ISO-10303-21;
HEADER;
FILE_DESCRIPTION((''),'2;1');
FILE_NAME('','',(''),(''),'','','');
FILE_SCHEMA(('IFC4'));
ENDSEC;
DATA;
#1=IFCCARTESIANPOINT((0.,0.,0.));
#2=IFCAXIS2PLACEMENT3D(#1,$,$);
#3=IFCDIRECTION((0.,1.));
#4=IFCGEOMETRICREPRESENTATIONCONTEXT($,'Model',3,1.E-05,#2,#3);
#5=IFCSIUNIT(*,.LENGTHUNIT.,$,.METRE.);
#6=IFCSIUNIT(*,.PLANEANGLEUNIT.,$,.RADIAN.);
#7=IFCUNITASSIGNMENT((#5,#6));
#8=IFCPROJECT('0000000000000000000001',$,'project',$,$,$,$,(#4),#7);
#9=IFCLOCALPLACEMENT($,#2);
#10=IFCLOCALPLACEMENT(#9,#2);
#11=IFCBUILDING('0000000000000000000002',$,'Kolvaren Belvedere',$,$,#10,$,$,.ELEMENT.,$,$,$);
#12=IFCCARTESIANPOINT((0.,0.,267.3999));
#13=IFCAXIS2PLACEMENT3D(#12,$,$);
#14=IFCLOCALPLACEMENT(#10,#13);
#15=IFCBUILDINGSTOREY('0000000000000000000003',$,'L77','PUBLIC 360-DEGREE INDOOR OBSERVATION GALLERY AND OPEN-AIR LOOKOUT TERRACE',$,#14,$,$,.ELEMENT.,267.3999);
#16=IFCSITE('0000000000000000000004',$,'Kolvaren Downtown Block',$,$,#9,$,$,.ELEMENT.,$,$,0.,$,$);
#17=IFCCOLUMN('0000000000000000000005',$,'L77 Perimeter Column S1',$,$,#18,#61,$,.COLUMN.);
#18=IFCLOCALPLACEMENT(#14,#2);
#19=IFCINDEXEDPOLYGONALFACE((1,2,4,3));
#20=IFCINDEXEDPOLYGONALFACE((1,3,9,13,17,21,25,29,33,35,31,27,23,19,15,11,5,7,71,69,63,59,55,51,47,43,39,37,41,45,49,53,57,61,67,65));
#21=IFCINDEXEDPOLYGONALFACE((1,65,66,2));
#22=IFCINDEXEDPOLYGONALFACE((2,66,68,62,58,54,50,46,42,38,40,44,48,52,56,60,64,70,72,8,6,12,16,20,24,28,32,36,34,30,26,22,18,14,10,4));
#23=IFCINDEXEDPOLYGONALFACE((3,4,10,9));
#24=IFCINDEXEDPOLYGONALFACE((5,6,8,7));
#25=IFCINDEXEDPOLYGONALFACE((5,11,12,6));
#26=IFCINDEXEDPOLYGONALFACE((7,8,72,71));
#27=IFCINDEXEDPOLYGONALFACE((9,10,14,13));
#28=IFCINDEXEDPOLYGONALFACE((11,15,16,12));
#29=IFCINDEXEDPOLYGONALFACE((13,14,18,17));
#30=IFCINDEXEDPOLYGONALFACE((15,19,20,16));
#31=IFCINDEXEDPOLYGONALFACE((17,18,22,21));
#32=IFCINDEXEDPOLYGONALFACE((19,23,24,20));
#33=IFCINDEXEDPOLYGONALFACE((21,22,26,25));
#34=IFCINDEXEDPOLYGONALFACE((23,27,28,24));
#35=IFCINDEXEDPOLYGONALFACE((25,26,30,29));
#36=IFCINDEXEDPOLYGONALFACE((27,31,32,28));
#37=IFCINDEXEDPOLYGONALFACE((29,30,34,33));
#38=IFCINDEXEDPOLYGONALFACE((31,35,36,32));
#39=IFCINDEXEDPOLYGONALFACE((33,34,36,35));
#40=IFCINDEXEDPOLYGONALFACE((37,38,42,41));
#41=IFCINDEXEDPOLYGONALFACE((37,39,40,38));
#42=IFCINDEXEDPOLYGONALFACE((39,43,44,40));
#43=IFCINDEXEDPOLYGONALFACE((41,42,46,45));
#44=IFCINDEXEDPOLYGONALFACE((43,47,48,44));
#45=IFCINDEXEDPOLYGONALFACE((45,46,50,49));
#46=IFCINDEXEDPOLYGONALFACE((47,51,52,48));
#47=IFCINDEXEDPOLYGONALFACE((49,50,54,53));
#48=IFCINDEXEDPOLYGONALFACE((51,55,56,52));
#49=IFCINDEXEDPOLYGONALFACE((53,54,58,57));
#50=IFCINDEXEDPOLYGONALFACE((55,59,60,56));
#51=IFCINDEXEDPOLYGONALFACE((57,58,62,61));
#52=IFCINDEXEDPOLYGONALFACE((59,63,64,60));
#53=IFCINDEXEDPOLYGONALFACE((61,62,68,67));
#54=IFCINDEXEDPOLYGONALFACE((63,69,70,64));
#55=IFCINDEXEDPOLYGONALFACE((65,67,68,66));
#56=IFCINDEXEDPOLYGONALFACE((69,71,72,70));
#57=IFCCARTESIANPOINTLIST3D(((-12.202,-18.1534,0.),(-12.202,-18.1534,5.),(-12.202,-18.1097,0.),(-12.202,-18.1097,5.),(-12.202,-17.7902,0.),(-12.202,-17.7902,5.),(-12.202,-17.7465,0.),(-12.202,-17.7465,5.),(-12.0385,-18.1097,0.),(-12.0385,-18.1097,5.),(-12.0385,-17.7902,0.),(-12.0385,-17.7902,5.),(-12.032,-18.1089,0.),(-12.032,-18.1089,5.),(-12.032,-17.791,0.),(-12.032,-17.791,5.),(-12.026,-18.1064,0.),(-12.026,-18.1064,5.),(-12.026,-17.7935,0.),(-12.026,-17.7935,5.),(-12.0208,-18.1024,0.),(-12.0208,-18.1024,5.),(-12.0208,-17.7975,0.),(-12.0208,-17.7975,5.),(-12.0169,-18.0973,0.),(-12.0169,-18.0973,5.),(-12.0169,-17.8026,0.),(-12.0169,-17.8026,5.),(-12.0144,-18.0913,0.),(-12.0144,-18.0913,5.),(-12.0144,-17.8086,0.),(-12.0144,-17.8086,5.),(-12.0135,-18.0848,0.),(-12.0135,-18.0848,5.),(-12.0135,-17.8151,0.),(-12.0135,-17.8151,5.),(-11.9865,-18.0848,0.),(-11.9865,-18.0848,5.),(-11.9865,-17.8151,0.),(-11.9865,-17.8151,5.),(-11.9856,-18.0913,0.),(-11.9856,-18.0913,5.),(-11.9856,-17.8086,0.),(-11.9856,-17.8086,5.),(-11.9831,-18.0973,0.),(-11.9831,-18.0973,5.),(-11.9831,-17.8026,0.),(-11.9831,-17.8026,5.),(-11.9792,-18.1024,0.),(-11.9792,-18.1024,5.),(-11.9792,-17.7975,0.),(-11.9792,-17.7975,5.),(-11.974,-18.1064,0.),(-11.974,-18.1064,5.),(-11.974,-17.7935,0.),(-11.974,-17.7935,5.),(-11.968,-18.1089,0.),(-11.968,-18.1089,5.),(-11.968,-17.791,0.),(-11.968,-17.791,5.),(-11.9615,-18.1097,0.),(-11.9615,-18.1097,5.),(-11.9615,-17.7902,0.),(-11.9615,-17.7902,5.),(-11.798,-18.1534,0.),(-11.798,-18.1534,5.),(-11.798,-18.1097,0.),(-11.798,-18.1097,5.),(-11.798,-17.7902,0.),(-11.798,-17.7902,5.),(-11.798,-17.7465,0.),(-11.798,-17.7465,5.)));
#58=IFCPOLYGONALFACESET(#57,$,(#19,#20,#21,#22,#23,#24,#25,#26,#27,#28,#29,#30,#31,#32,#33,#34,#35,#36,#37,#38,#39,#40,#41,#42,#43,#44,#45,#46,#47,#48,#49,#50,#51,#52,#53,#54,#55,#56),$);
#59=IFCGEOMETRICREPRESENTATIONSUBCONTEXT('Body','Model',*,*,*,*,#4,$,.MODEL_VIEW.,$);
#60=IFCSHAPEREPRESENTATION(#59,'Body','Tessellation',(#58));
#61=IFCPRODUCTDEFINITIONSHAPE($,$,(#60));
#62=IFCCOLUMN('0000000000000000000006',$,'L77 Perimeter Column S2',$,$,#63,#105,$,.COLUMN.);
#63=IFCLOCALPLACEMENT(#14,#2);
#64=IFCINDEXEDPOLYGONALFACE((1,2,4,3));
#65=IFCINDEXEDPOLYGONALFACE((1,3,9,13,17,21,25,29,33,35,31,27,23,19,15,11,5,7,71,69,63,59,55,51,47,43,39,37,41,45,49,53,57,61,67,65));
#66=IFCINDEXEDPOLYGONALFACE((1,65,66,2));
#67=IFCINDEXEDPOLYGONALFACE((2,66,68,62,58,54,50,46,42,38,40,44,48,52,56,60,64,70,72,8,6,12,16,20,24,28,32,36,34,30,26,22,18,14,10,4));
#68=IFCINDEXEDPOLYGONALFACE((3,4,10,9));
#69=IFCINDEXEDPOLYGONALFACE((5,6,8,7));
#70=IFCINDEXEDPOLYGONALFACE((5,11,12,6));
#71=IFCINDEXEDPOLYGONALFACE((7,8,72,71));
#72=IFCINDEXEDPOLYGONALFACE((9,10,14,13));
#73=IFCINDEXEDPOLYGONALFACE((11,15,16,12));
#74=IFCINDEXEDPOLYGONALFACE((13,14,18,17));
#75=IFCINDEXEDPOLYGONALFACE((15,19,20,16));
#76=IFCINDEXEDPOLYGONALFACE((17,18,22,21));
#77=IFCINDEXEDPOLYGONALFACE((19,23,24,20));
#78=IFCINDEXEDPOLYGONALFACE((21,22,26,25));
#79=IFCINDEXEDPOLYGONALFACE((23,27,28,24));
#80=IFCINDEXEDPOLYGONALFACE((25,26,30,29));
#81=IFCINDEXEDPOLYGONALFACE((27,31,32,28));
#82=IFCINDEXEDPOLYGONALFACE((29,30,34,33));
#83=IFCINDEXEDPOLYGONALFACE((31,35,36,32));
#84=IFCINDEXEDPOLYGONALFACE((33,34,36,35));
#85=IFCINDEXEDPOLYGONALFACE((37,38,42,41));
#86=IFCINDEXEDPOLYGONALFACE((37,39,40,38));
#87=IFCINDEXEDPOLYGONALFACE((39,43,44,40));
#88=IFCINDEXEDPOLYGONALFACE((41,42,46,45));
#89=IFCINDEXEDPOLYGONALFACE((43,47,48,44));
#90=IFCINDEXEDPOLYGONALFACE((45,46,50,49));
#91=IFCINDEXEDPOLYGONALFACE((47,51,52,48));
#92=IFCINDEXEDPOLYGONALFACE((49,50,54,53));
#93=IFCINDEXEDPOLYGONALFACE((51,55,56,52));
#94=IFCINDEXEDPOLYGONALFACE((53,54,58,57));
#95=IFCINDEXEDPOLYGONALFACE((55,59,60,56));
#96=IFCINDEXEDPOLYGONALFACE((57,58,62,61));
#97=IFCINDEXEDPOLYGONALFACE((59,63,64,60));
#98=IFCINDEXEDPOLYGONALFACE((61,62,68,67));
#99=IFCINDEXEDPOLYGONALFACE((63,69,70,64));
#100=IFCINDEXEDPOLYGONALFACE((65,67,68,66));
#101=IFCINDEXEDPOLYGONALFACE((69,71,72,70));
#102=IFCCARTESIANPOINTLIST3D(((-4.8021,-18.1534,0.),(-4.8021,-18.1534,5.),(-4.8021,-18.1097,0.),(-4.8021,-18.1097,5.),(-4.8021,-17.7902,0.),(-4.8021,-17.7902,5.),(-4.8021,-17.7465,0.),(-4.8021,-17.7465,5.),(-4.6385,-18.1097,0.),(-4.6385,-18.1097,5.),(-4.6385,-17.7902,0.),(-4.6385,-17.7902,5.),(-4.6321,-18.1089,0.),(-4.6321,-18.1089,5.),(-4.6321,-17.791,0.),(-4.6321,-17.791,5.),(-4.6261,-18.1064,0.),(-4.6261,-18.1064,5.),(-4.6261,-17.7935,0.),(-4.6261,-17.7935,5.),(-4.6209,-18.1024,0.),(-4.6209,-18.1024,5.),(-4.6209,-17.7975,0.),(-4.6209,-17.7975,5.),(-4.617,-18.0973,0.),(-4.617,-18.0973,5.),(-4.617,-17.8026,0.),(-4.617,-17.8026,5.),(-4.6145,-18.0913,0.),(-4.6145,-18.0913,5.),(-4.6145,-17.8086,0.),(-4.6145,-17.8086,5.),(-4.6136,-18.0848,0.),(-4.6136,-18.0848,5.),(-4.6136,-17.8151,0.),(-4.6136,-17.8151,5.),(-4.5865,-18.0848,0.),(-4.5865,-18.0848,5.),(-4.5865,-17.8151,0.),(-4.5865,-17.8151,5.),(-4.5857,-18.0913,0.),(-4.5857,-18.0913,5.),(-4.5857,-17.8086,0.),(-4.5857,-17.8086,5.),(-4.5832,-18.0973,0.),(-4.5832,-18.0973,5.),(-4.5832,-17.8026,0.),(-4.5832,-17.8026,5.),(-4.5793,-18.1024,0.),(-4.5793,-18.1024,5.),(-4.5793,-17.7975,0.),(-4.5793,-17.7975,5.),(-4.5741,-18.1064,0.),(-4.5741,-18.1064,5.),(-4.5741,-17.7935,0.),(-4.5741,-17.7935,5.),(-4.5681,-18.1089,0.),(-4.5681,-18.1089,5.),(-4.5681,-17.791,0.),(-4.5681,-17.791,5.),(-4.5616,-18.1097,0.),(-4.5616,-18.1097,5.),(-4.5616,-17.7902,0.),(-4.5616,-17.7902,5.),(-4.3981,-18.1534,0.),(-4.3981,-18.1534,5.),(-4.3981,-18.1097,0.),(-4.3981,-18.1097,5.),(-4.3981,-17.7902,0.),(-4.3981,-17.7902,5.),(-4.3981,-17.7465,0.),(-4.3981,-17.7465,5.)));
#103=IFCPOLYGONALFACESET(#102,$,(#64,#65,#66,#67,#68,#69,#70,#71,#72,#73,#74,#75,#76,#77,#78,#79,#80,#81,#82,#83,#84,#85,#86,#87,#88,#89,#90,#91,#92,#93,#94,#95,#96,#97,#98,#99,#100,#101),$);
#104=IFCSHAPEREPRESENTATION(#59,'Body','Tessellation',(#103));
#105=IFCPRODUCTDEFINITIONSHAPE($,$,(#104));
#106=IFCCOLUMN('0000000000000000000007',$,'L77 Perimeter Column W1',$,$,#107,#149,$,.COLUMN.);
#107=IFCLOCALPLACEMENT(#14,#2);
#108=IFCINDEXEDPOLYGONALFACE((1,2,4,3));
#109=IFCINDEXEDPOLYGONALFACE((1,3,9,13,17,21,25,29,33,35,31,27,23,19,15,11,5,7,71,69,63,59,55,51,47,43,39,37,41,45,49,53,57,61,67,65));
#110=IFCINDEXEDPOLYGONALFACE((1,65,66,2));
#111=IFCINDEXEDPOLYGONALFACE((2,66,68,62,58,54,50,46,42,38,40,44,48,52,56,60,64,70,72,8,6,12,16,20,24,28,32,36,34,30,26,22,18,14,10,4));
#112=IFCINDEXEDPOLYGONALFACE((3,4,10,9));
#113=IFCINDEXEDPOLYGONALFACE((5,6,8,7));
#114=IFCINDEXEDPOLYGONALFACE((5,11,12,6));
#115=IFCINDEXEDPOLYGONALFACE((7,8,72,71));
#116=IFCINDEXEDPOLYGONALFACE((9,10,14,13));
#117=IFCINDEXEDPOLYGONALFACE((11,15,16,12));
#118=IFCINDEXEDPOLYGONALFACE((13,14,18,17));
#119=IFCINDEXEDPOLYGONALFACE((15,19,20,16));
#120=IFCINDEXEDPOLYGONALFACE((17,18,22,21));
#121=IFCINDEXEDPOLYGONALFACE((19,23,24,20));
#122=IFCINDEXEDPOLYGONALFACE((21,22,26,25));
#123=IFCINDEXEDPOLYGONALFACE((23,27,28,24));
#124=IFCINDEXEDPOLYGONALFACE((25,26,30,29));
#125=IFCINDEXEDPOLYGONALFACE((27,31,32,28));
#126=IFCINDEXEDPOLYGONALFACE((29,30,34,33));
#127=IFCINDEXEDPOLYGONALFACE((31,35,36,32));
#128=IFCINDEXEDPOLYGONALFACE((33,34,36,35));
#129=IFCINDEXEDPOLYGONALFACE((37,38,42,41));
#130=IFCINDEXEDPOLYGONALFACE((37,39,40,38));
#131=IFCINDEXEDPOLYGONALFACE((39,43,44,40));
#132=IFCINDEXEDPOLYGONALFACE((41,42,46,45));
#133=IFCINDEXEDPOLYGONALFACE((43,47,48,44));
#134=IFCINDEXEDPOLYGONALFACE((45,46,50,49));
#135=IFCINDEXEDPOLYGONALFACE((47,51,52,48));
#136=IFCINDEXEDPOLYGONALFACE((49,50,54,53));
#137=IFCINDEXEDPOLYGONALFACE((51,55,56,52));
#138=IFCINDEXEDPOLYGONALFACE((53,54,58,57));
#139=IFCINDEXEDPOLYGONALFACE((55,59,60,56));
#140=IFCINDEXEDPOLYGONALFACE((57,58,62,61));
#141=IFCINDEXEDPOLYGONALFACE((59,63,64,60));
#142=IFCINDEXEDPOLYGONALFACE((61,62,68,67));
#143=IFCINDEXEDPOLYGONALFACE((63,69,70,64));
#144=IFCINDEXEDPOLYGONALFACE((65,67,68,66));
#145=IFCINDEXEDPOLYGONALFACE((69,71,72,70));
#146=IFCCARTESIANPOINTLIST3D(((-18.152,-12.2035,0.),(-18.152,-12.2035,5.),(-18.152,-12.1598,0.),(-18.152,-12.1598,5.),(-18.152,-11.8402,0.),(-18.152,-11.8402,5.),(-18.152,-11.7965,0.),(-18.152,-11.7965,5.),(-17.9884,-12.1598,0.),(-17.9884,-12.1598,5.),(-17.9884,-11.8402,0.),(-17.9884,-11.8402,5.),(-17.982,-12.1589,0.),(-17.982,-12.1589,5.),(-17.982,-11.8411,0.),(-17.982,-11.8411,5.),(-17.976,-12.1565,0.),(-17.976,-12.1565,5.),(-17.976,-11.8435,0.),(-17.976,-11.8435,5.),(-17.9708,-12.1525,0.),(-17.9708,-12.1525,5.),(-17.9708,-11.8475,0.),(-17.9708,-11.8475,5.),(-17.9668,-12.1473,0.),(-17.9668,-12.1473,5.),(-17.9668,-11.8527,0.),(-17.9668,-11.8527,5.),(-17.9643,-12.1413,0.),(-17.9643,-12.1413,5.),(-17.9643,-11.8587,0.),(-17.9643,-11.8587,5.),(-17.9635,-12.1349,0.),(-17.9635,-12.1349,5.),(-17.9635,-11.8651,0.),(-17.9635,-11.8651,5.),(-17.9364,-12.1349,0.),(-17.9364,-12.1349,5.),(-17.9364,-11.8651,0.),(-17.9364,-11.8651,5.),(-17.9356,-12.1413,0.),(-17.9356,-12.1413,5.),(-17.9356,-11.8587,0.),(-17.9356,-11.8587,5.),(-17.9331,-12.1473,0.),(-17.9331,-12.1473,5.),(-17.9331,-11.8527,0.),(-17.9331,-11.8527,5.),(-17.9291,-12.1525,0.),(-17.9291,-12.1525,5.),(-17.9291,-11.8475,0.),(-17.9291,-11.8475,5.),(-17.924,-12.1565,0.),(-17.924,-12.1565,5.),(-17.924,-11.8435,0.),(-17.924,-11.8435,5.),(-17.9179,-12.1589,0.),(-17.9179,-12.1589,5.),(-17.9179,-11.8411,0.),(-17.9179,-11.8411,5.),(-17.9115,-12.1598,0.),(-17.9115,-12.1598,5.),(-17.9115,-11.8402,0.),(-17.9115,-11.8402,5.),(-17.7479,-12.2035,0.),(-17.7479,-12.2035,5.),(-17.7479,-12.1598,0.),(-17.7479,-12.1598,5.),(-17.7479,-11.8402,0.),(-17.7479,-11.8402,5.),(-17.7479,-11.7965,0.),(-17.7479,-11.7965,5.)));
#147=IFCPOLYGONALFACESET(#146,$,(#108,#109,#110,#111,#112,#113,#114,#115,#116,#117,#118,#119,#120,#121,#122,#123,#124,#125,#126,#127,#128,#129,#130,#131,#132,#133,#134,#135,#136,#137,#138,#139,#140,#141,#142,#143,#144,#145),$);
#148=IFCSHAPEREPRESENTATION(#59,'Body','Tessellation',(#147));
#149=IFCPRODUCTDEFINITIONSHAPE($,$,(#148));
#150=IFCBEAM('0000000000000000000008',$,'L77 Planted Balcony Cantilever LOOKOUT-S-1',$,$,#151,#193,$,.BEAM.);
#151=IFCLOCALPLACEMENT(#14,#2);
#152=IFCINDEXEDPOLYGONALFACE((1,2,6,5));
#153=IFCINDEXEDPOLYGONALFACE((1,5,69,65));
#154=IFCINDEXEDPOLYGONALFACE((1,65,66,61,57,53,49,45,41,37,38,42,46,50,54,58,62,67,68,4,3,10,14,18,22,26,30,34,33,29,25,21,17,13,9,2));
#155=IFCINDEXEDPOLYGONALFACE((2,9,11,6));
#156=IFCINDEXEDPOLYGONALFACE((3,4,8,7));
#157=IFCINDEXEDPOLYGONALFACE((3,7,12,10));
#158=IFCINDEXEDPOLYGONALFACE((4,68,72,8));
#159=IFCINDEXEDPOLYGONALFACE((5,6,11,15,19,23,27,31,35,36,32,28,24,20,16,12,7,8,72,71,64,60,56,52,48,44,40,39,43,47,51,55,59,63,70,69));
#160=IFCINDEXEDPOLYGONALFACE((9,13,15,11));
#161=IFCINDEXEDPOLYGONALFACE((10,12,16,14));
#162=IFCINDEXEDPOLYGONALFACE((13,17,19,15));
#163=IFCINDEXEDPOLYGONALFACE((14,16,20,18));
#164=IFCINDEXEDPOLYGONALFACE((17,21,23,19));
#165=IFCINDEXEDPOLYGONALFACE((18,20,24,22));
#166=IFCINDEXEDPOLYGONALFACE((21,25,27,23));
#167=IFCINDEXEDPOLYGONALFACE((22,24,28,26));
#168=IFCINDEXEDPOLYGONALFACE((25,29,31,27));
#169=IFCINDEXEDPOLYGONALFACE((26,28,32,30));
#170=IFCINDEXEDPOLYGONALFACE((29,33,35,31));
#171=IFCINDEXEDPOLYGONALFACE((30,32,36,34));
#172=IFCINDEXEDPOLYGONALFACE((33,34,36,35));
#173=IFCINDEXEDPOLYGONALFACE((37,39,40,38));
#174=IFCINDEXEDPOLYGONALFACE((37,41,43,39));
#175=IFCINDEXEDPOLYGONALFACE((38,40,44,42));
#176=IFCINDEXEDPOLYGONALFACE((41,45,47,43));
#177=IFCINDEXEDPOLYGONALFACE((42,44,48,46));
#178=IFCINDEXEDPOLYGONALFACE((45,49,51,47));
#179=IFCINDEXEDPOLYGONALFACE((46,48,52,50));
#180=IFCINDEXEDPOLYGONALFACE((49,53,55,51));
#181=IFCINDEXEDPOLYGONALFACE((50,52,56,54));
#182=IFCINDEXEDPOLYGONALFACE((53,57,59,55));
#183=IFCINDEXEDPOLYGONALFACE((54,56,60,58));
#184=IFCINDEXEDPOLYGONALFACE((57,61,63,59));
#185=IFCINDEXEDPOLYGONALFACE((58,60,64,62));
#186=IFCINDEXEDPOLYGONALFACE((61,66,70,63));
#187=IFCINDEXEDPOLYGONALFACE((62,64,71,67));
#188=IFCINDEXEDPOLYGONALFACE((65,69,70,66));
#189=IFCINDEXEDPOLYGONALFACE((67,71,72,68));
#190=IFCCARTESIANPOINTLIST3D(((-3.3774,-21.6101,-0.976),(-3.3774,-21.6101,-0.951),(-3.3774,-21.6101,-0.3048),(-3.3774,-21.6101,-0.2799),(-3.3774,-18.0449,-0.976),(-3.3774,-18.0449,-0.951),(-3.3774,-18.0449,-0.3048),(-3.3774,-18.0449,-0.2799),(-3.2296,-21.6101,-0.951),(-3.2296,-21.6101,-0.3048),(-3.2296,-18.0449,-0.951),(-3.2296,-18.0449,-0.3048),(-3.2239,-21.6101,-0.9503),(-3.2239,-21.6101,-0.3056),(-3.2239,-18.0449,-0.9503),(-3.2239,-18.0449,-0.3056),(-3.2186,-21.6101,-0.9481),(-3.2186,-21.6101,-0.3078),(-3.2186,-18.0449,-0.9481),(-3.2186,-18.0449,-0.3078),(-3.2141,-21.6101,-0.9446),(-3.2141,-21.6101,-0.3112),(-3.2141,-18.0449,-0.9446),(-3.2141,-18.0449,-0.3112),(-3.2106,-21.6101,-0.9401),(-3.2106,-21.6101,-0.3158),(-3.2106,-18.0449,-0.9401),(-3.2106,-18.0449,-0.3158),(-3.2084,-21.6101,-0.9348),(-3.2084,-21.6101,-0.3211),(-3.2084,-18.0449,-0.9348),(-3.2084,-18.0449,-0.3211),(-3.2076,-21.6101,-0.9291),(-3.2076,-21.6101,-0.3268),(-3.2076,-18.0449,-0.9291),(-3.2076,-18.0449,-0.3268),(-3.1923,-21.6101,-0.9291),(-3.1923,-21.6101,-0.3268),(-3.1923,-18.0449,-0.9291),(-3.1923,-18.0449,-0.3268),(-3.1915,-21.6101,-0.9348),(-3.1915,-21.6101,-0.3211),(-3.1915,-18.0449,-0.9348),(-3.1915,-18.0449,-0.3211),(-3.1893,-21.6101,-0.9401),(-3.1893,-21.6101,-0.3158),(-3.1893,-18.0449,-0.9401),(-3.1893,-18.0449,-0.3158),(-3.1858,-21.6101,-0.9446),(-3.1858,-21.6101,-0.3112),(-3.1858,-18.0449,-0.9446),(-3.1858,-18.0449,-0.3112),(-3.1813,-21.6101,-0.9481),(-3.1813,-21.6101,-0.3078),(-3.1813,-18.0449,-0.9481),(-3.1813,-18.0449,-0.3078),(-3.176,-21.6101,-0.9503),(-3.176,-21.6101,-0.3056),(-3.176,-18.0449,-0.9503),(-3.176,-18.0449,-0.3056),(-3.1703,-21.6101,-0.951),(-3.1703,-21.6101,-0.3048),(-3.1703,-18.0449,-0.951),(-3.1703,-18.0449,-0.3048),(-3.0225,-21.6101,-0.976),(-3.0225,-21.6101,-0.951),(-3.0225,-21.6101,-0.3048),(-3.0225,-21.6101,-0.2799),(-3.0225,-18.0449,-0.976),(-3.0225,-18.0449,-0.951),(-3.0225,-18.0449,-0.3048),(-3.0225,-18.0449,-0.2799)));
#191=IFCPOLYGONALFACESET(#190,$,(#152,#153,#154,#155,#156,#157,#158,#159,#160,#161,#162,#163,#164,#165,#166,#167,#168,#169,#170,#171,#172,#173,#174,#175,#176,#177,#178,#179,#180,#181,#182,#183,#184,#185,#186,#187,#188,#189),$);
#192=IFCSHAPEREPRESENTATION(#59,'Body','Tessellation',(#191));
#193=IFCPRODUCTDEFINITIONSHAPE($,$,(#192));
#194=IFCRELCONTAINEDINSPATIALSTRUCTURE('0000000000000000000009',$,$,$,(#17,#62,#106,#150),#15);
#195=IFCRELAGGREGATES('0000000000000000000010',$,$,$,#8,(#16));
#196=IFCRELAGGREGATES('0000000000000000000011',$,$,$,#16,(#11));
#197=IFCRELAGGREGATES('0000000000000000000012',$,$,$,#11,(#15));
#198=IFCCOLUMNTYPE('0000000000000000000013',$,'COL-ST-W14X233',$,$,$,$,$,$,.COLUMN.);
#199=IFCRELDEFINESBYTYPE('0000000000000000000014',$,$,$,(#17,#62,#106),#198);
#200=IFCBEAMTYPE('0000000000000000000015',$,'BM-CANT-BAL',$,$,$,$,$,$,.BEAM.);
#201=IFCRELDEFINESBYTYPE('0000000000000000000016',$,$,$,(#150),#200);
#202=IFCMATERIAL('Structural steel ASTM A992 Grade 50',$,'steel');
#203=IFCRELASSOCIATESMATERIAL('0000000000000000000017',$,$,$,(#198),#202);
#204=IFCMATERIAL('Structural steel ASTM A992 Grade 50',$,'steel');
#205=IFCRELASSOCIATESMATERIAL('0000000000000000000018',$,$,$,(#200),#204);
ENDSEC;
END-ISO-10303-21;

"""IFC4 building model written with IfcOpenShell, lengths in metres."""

from ifc_helpers import new_model, si_unit, direction, frame, origin, origin_2d, place, context, subcontext, project, spatial, i_section, extrude, material, material_profile, profile_set, type_object, element, save


model = new_model("IFC4")

# Units and contexts
model_context = context("Model", 3, precision=1e-05, world=origin(), true_north=direction((0.0, 1.0)))
body_context = subcontext(model_context, "Body", "Model", "MODEL_VIEW")
ifc_project = project(units=[si_unit("LENGTHUNIT", "METRE"), si_unit("PLANEANGLEUNIT", "RADIAN")], contexts=[model_context])

# Site, building, storey
site_placement = place(None, origin())
site = spatial("IfcSite", under=ifc_project, at=site_placement, Name="Kolvaren Downtown Block", CompositionType="ELEMENT", RefElevation=0.0)
building_placement = place(site_placement, origin())
building = spatial("IfcBuilding", under=site, at=building_placement, Name="Kolvaren Belvedere", CompositionType="ELEMENT")
storey_placement = place(building_placement, frame((0.0, 0.0, 267.3999)))
storey = spatial("IfcBuildingStorey", under=building, at=storey_placement, Name="L77", Description="PUBLIC 360-DEGREE INDOOR OBSERVATION GALLERY AND OPEN-AIR LOOKOUT TERRACE", CompositionType="ELEMENT", Elevation=267.3999)

# Columns
ifc_material_1 = material(Name="Structural steel ASTM A992 Grade 50", Category="steel")
ifc_material_profile_1 = material_profile(ifc_material_1, i_section(OverallWidth=0.4041, OverallDepth=0.407, WebThickness=0.0271, FlangeThickness=0.0437, FilletRadius=0.0249, at=origin_2d()), Name="W14X233")
ifc_profile_set_1 = profile_set([ifc_material_profile_1], Name="Structural steel ASTM A992 Grade 50")
column_type = type_object("IfcColumnType", Name="COL-ST-W14X233", PredefinedType="COLUMN", material=ifc_profile_set_1)
for number, where, z_axis, x_axis, name in (
    (1, (-12.0, -17.95, 0.0), (0.0, 0.0, 1.0), (1.0, 0.0, 0.0), "L77 Perimeter Column S1"),
    (2, (-4.6001, -17.95, 0.0), (0.0, 0.0, 1.0), (1.0, 0.0, 0.0), "L77 Perimeter Column S2"),
    (3, (-17.95, -12.0, 0.0), (0.0, 0.0, 1.0), (1.0, 0.0, 0.0), "L77 Perimeter Column W1"),
):
    element("IfcColumn", number, at=place(storey_placement, frame(where, z_axis=z_axis, x_axis=x_axis)), inside=storey, type_object=column_type, Name=name, PredefinedType="COLUMN", context=body_context, shape_type="SweptSolid", body=[
        extrude(i_section(OverallWidth=0.4041, OverallDepth=0.407, WebThickness=0.0271, FlangeThickness=0.0437, FilletRadius=0.0249, at=origin_2d()), origin(), (0.0, 0.0, 1.0), 5.0),
    ])

# Beam
ifc_material_2 = material(Name="Structural steel ASTM A992 Grade 50", Category="steel")
ifc_material_profile_2 = material_profile(ifc_material_2, i_section(OverallWidth=0.355, OverallDepth=0.696, WebThickness=0.0154, FlangeThickness=0.0249, FilletRadius=0.022, at=origin_2d()), Name="W27X146")
ifc_profile_set_2 = profile_set([ifc_material_profile_2], Name="Structural steel ASTM A992 Grade 50")
beam_type_1 = type_object("IfcBeamType", Name="BM-CANT-BAL", PredefinedType="BEAM", material=ifc_profile_set_2)
beam_1_placement = place(storey_placement, frame((-3.2, -18.0449, -0.6279), z_axis=(0.0, -1.0, 0.0), x_axis=(1.0, 0.0, 0.0)))
element("IfcBeam", 4, at=beam_1_placement, inside=storey, type_object=beam_type_1, Name="L77 Planted Balcony Cantilever LOOKOUT-S-1", PredefinedType="BEAM", context=body_context, shape_type="SweptSolid", body=[
    extrude(i_section(OverallWidth=0.355, OverallDepth=0.696, WebThickness=0.0154, FlangeThickness=0.0249, FilletRadius=0.022, at=origin_2d()), origin(), (0.0, 0.0, 1.0), 3.5652),
])

save(model, "model.ifc")
